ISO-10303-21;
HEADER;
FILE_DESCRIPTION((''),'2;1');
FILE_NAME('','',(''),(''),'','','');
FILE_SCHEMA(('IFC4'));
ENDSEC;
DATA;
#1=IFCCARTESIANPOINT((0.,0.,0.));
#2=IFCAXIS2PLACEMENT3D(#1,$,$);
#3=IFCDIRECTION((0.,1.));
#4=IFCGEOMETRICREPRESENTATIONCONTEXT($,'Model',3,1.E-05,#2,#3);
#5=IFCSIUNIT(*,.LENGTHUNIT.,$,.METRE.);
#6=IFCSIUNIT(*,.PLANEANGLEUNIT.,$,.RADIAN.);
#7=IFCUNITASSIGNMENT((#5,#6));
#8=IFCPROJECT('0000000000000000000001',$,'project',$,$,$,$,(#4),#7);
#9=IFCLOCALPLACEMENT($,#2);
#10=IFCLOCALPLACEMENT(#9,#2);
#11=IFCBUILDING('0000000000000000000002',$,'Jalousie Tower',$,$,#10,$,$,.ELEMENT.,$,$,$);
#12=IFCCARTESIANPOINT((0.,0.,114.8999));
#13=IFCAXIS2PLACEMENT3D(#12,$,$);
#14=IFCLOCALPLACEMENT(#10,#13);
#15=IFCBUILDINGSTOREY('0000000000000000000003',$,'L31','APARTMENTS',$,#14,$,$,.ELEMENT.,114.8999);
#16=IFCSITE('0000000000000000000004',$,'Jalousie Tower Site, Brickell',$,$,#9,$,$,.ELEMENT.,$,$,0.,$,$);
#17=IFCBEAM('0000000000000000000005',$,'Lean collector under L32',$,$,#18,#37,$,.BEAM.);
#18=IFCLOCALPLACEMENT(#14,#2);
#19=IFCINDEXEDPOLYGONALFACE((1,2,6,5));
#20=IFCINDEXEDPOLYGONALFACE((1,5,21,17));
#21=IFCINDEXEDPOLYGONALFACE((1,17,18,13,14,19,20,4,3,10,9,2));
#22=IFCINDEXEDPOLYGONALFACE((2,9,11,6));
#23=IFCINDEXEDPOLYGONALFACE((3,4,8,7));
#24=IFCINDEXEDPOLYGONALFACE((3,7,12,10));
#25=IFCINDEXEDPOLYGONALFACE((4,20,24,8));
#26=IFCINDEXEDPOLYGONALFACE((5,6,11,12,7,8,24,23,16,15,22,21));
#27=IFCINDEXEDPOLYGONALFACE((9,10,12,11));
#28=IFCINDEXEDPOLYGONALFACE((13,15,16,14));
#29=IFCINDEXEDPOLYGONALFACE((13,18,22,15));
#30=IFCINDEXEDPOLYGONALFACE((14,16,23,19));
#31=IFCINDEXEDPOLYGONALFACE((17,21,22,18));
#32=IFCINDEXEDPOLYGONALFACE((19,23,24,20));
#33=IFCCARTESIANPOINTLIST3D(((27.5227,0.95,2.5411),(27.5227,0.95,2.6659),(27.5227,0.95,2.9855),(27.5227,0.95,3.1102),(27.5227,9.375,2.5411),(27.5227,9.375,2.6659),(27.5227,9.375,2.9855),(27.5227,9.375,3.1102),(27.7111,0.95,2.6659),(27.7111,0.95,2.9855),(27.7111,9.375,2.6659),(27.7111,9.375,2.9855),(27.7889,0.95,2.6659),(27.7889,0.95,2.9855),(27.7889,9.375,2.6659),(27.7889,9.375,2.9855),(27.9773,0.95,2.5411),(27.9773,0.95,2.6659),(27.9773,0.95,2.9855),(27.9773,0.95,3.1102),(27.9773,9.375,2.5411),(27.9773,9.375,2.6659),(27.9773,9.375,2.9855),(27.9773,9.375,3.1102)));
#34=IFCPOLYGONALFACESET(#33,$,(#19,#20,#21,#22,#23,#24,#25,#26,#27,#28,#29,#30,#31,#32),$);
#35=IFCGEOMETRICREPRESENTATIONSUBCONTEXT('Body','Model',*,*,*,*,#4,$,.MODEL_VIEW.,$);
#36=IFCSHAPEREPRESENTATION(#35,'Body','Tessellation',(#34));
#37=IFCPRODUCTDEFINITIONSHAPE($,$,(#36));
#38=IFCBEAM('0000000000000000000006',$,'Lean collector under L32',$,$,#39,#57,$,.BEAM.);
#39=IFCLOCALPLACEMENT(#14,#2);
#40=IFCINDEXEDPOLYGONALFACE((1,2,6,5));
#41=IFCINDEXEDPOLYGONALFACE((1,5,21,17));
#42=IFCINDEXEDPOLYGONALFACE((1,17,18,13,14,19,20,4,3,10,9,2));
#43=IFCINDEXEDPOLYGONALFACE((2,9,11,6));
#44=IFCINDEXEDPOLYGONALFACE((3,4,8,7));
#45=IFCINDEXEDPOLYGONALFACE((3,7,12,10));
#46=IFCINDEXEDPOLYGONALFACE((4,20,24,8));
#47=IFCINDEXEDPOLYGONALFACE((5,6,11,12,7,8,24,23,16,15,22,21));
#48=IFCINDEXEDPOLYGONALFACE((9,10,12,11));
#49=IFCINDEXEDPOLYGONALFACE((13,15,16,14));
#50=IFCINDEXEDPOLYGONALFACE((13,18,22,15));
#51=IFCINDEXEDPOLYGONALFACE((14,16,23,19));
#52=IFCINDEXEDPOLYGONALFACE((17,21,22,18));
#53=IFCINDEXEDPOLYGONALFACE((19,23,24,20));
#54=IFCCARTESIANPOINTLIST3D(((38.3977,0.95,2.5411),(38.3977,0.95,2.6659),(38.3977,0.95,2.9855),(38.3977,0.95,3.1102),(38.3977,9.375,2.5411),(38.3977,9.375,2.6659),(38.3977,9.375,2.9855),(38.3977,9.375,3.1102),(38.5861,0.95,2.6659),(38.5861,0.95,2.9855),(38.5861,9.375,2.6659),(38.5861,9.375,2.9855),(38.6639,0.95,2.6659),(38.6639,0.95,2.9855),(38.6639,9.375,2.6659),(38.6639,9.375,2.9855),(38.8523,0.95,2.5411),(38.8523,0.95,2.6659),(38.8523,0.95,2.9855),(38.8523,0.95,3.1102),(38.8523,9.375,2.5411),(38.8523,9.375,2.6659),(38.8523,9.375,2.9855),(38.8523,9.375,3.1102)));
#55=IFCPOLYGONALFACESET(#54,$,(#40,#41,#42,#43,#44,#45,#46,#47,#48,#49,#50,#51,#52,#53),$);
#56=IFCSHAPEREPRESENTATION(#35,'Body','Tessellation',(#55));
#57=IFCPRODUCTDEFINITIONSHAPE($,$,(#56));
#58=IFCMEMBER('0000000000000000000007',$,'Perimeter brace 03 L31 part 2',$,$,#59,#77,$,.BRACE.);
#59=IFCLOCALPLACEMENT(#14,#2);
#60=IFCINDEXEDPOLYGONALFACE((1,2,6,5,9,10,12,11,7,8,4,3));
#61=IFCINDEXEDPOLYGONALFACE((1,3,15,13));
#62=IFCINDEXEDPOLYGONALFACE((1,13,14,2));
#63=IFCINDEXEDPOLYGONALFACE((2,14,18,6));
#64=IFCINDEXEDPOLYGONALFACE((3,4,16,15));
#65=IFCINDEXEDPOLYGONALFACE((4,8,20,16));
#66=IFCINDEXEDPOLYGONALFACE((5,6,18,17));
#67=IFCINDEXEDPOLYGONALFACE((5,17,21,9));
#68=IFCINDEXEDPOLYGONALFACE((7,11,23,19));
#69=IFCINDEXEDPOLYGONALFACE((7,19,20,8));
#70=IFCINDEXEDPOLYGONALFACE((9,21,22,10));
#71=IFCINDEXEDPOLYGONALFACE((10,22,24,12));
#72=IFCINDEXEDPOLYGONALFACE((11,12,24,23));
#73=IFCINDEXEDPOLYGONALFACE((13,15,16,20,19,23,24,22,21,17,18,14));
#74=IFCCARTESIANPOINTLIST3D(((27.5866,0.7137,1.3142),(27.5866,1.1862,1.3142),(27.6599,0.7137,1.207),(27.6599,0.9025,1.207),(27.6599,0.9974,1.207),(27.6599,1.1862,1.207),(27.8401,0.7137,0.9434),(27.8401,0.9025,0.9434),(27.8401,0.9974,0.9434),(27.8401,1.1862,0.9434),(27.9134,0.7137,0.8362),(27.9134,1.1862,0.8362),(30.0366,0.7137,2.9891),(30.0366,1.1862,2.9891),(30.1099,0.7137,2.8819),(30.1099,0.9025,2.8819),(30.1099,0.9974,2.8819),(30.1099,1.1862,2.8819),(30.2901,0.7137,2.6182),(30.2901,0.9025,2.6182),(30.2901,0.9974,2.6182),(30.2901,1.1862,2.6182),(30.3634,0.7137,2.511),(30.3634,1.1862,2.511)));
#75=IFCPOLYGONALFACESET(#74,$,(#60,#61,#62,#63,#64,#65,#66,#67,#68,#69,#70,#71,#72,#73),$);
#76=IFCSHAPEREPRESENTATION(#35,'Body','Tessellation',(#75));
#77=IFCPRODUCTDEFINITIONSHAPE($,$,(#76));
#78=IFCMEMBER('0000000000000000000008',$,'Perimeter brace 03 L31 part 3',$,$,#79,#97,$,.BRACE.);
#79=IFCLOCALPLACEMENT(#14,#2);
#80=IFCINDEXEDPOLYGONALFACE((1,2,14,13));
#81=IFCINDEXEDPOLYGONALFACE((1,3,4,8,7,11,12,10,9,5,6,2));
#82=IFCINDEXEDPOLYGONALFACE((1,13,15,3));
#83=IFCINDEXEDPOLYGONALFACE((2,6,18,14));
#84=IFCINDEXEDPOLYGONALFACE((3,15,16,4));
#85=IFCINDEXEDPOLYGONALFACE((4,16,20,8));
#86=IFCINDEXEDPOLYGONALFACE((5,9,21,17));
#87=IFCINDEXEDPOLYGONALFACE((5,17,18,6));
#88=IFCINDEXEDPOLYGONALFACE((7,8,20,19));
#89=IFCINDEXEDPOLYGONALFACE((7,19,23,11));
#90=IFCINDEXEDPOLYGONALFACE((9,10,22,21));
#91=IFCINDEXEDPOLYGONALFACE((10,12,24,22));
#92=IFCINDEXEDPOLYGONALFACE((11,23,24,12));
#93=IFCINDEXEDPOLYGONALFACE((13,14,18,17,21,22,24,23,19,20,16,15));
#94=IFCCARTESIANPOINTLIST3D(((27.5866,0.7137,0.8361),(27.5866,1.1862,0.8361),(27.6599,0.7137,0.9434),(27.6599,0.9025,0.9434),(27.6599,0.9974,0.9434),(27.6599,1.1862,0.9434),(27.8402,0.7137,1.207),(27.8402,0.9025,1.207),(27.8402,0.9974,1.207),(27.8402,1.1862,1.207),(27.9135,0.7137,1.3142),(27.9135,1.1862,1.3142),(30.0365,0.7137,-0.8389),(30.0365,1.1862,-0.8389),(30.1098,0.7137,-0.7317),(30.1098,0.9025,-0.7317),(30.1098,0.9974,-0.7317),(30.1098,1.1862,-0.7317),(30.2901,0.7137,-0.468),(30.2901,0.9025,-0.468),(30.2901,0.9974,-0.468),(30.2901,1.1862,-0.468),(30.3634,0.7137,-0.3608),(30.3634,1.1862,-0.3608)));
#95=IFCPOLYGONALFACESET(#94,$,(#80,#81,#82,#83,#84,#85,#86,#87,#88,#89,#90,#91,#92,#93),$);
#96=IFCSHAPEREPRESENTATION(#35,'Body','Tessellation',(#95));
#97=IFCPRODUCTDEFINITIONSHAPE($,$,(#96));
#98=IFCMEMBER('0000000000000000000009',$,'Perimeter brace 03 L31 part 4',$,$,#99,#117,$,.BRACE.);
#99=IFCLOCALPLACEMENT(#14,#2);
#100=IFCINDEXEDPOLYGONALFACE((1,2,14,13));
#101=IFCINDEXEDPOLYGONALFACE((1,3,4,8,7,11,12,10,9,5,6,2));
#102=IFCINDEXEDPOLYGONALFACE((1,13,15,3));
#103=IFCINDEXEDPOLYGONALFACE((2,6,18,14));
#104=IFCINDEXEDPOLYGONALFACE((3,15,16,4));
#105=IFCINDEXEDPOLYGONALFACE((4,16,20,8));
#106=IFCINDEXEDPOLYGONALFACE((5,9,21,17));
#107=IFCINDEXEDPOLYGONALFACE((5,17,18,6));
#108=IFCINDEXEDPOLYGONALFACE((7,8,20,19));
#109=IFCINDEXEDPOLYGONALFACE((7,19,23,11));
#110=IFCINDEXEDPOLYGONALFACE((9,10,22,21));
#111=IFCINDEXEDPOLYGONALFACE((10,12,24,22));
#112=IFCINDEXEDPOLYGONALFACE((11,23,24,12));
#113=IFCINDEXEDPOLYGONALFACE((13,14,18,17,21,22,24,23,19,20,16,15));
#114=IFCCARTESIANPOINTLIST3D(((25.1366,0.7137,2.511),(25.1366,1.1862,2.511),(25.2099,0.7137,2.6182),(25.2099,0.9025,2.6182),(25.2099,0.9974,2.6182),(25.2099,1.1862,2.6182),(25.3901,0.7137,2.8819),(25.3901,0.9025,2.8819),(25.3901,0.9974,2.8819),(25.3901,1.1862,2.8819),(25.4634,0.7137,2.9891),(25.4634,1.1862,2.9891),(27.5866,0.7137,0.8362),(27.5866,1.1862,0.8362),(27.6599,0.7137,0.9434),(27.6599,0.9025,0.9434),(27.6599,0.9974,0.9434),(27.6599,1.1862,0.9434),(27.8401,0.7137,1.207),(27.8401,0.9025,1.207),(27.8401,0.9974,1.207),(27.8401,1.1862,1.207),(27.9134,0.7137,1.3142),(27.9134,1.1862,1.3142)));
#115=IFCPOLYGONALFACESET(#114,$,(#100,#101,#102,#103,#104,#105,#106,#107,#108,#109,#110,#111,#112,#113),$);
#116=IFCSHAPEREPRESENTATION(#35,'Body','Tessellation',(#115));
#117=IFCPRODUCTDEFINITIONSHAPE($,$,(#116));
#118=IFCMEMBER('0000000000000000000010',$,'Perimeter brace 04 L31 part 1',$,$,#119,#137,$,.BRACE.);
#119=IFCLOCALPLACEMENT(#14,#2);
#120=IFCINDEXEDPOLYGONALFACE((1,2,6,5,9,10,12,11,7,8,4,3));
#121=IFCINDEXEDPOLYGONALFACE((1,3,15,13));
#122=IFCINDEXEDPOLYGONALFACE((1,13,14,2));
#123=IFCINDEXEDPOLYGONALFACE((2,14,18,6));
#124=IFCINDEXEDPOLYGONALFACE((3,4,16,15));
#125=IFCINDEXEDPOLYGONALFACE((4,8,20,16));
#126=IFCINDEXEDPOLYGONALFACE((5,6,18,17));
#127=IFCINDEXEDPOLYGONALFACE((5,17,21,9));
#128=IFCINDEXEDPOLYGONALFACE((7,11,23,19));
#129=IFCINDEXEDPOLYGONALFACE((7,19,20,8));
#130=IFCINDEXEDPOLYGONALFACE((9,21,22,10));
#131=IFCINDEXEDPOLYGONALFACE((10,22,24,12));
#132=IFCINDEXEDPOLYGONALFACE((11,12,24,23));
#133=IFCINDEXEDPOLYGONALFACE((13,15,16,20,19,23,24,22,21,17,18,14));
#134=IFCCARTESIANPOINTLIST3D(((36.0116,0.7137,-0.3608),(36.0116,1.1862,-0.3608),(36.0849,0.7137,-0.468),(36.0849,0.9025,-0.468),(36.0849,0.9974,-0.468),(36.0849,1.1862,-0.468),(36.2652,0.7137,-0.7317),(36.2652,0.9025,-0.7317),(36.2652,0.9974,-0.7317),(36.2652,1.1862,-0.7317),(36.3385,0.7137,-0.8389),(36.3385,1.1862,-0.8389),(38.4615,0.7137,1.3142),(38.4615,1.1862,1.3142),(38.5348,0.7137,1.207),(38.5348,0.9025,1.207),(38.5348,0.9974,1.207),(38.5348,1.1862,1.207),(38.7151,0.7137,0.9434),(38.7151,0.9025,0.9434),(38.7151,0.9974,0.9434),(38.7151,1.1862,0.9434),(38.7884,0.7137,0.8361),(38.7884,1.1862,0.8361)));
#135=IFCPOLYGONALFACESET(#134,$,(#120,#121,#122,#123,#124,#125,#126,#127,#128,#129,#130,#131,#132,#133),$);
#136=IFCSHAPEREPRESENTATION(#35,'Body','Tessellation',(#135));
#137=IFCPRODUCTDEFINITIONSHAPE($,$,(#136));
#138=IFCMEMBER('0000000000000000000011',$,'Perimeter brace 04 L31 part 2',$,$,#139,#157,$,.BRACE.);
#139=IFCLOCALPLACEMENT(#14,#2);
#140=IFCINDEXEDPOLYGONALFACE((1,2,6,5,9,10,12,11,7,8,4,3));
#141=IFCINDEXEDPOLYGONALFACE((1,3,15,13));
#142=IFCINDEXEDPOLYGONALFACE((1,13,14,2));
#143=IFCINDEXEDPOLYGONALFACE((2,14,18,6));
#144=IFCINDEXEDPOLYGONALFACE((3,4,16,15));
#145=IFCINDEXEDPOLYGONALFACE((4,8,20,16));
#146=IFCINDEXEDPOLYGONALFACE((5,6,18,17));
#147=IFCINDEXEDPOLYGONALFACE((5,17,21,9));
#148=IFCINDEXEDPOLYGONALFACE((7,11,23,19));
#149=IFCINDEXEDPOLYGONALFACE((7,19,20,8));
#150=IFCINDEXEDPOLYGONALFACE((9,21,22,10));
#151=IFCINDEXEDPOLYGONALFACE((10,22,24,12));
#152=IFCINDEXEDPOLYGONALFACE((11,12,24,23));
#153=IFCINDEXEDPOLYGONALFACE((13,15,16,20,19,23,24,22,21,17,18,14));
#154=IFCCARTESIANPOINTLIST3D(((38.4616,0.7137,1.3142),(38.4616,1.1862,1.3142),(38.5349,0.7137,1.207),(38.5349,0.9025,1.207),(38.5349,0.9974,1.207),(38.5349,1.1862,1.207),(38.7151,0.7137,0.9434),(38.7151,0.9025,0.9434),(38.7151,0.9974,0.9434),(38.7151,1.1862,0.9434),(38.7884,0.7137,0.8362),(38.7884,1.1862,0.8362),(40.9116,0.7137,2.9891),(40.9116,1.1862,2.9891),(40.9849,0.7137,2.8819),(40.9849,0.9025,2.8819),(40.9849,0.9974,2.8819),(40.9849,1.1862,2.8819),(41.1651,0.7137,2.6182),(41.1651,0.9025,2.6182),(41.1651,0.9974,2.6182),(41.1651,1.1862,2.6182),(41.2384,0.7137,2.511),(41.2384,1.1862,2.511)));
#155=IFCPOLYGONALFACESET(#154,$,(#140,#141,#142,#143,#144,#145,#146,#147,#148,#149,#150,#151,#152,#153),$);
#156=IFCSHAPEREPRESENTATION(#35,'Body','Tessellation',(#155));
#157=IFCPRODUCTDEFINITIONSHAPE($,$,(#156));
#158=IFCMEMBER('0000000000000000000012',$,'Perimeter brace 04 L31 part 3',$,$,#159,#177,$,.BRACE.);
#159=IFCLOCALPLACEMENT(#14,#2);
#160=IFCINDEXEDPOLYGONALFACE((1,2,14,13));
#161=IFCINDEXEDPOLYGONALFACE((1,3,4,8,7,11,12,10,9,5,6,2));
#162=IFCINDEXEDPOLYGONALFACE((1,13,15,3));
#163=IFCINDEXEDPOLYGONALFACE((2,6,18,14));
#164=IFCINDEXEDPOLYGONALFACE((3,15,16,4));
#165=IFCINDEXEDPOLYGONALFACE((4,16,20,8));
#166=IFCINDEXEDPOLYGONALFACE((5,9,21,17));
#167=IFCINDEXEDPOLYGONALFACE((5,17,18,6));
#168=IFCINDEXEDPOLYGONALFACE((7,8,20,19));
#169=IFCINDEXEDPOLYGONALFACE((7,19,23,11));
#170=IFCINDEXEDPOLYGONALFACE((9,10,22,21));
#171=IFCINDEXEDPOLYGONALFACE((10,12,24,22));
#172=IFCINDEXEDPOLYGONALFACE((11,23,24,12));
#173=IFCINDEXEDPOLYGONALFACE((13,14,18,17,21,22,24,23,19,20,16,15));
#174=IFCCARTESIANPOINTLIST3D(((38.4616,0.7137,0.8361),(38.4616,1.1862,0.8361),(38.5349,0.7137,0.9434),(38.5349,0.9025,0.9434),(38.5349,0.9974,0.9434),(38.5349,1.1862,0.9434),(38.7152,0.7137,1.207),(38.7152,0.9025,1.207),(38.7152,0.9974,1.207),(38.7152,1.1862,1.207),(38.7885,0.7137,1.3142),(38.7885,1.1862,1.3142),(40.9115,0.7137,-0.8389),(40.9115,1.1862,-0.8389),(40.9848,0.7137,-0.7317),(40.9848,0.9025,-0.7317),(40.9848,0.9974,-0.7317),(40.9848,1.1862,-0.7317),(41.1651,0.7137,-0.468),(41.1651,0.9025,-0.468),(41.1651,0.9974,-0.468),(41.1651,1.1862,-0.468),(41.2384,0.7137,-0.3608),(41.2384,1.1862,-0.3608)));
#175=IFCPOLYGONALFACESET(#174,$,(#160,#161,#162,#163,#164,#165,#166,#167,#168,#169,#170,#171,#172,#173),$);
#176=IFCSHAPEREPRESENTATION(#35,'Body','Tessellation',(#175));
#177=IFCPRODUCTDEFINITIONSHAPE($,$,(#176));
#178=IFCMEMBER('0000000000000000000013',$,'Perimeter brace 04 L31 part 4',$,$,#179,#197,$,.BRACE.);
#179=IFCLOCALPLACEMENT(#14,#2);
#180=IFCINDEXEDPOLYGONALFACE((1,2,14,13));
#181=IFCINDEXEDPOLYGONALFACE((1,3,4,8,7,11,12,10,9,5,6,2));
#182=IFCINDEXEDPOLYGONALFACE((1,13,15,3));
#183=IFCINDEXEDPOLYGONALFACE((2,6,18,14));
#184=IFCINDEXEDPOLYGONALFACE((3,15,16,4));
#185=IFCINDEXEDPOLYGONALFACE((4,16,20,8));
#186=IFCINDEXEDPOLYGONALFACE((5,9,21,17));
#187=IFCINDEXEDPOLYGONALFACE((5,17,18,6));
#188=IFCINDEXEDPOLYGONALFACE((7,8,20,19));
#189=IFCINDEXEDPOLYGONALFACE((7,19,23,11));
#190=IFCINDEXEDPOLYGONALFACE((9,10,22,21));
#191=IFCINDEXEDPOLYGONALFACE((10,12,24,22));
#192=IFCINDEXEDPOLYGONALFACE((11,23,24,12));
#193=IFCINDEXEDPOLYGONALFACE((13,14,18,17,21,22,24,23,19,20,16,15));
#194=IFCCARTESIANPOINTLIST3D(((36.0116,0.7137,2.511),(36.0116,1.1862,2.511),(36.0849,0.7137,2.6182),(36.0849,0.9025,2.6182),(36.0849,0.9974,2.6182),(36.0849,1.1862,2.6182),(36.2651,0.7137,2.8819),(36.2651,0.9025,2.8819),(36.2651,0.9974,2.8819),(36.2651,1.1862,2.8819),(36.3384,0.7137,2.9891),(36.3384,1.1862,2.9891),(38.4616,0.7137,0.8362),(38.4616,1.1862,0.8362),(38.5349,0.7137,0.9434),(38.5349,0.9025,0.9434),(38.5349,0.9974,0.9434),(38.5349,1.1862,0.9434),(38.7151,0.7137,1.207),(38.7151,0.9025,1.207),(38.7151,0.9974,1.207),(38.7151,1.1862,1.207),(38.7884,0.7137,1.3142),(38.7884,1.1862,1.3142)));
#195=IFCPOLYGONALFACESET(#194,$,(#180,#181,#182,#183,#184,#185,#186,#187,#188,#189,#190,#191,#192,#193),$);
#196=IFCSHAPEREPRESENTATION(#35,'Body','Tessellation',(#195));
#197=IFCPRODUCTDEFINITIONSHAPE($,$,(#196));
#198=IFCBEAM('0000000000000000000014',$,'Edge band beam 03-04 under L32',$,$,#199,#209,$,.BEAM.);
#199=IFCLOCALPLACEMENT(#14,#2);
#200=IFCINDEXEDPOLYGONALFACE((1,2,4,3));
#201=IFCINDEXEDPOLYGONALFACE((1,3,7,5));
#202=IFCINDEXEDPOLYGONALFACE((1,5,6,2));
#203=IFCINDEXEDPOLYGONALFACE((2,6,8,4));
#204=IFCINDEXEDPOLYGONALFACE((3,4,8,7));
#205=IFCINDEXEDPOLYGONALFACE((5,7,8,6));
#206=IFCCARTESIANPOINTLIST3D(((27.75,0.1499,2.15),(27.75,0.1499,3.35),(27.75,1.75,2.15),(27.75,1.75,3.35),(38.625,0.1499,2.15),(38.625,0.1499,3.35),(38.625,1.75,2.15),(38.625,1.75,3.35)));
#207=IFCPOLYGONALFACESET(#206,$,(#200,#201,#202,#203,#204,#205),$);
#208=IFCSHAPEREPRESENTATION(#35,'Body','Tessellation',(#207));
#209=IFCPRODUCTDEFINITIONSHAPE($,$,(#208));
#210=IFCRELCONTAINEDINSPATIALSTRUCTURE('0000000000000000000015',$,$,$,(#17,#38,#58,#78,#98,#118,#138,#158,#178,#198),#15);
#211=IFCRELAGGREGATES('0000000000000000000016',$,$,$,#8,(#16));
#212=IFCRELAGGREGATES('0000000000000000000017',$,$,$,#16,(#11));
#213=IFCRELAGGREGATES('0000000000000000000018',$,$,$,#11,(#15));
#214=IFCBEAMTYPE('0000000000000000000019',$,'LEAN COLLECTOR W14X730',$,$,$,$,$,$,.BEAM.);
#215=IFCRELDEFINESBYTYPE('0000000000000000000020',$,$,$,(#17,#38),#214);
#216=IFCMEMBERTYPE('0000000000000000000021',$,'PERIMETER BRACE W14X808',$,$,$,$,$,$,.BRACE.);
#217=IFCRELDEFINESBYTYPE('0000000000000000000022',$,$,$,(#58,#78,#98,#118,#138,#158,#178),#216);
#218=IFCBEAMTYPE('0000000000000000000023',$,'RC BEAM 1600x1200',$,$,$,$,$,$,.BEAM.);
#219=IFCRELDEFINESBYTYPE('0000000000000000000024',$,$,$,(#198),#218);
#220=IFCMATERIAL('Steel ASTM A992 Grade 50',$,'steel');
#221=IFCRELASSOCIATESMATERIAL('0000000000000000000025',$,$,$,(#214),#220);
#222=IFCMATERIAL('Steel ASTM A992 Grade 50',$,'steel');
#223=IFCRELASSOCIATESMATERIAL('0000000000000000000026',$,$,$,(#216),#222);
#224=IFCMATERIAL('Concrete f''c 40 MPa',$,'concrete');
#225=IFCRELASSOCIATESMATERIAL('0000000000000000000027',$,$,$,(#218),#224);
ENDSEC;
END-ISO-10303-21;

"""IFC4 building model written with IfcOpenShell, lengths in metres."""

from ifc_helpers import new_model, si_unit, direction, frame, origin, origin_2d, place, context, subcontext, project, spatial, rectangle, i_section, extrude, material, material_profile, profile_set, type_object, element, save


model = new_model("IFC4")

# Units and contexts
model_context = context("Model", 3, precision=1e-05, world=origin(), true_north=direction((0.0, 1.0)))
body_context = subcontext(model_context, "Body", "Model", "MODEL_VIEW")
ifc_project = project(units=[si_unit("LENGTHUNIT", "METRE"), si_unit("PLANEANGLEUNIT", "RADIAN")], contexts=[model_context])

# Site, building, storey
site_placement = place(None, origin())
site = spatial("IfcSite", under=ifc_project, at=site_placement, Name="Jalousie Tower Site, Brickell", CompositionType="ELEMENT", RefElevation=0.0)
building_placement = place(site_placement, origin())
building = spatial("IfcBuilding", under=site, at=building_placement, Name="Jalousie Tower", CompositionType="ELEMENT")
storey_placement = place(building_placement, frame((0.0, 0.0, 114.8999)))
storey = spatial("IfcBuildingStorey", under=building, at=storey_placement, Name="L31", Description="APARTMENTS", CompositionType="ELEMENT", Elevation=114.8999)

# Beams
ifc_material_1 = material(Name="Steel ASTM A992 Grade 50", Category="steel")
ifc_material_profile_1 = material_profile(ifc_material_1, i_section(OverallWidth=0.4546, OverallDepth=0.5691, WebThickness=0.0779, FlangeThickness=0.1248, at=origin_2d()), Name="W14X730")
ifc_profile_set_1 = profile_set([ifc_material_profile_1], Name="Steel ASTM A992 Grade 50")
beam_type_1 = type_object("IfcBeamType", Name="LEAN COLLECTOR W14X730", PredefinedType="BEAM", material=ifc_profile_set_1)
for number, where, z_axis, x_axis, name in (
    (1, (27.75, 0.95, 2.8257), (0.0, 1.0, 0.0), (-1.0, 0.0, 0.0), "Lean collector under L32"),
    (2, (38.625, 0.95, 2.8257), (0.0, 1.0, 0.0), (-1.0, 0.0, 0.0), "Lean collector under L32"),
):
    element("IfcBeam", number, at=place(storey_placement, frame(where, z_axis=z_axis, x_axis=x_axis)), inside=storey, type_object=beam_type_1, Name=name, PredefinedType="BEAM", context=body_context, shape_type="SweptSolid", body=[
        extrude(i_section(OverallWidth=0.4546, OverallDepth=0.5691, WebThickness=0.0779, FlangeThickness=0.1248, at=origin_2d()), origin(), (0.0, 0.0, 1.0), 8.425),
    ])

# Members
ifc_material_2 = material(Name="Steel ASTM A992 Grade 50", Category="steel")
ifc_material_profile_2 = material_profile(ifc_material_2, i_section(OverallWidth=0.4724, OverallDepth=0.5791, WebThickness=0.095, FlangeThickness=0.1299, at=origin_2d()), Name="W14X808")
ifc_profile_set_2 = profile_set([ifc_material_profile_2], Name="Steel ASTM A992 Grade 50")
member_type_1 = type_object("IfcMemberType", Name="PERIMETER BRACE W14X808", PredefinedType="BRACE", material=ifc_profile_set_2)
for number, where, z_axis, x_axis, name in (
    (3, (27.75, 0.95, 1.0752), (0.825539, 0.0, 0.564345), (0.0, 1.0, 0.0), "Perimeter brace 03 L31 part 2"),
    (4, (30.2, 0.95, -0.5999), (-0.825501, 0.0, 0.564401), (0.0, -1.0, 0.0), "Perimeter brace 03 L31 part 3"),
    (5, (27.75, 0.95, 1.0752), (-0.825539, 0.0, 0.564345), (0.0, -1.0, 0.0), "Perimeter brace 03 L31 part 4"),
    (6, (36.175, 0.95, -0.5999), (0.825501, 0.0, 0.564401), (0.0, 1.0, 0.0), "Perimeter brace 04 L31 part 1"),
    (7, (38.625, 0.95, 1.0752), (0.825539, 0.0, 0.564345), (0.0, 1.0, 0.0), "Perimeter brace 04 L31 part 2"),
    (8, (41.075, 0.95, -0.5999), (-0.825501, 0.0, 0.564401), (0.0, -1.0, 0.0), "Perimeter brace 04 L31 part 3"),
    (9, (38.625, 0.95, 1.0752), (-0.825539, 0.0, 0.564345), (0.0, -1.0, 0.0), "Perimeter brace 04 L31 part 4"),
):
    element("IfcMember", number, at=place(storey_placement, frame(where, z_axis=z_axis, x_axis=x_axis)), inside=storey, type_object=member_type_1, Name=name, PredefinedType="BRACE", context=body_context, shape_type="SweptSolid", body=[
        extrude(i_section(OverallWidth=0.4724, OverallDepth=0.5791, WebThickness=0.095, FlangeThickness=0.1299, at=origin_2d()), origin(), (0.0, 0.0, 1.0), 2.9678),
    ])

# Beam
ifc_material_3 = material(Name="Concrete f'c 40 MPa", Category="concrete")
ifc_material_profile_3 = material_profile(ifc_material_3, rectangle(XDim=1.6001, YDim=1.2, at=origin_2d()), Name="RC 1600x1200")
ifc_profile_set_3 = profile_set([ifc_material_profile_3], Name="Concrete f'c 40 MPa")
beam_type_2 = type_object("IfcBeamType", Name="RC BEAM 1600x1200", PredefinedType="BEAM", material=ifc_profile_set_3)
beam_1_placement = place(storey_placement, frame((27.75, 0.95, 2.75), z_axis=(1.0, 0.0, 0.0), x_axis=(0.0, 1.0, 0.0)))
element("IfcBeam", 10, at=beam_1_placement, inside=storey, type_object=beam_type_2, Name="Edge band beam 03-04 under L32", PredefinedType="BEAM", context=body_context, shape_type="SweptSolid", body=[
    extrude(rectangle(XDim=1.6001, YDim=1.2, at=origin_2d()), origin(), (0.0, 0.0, 1.0), 10.875),
])

save(model, "model.ifc")
